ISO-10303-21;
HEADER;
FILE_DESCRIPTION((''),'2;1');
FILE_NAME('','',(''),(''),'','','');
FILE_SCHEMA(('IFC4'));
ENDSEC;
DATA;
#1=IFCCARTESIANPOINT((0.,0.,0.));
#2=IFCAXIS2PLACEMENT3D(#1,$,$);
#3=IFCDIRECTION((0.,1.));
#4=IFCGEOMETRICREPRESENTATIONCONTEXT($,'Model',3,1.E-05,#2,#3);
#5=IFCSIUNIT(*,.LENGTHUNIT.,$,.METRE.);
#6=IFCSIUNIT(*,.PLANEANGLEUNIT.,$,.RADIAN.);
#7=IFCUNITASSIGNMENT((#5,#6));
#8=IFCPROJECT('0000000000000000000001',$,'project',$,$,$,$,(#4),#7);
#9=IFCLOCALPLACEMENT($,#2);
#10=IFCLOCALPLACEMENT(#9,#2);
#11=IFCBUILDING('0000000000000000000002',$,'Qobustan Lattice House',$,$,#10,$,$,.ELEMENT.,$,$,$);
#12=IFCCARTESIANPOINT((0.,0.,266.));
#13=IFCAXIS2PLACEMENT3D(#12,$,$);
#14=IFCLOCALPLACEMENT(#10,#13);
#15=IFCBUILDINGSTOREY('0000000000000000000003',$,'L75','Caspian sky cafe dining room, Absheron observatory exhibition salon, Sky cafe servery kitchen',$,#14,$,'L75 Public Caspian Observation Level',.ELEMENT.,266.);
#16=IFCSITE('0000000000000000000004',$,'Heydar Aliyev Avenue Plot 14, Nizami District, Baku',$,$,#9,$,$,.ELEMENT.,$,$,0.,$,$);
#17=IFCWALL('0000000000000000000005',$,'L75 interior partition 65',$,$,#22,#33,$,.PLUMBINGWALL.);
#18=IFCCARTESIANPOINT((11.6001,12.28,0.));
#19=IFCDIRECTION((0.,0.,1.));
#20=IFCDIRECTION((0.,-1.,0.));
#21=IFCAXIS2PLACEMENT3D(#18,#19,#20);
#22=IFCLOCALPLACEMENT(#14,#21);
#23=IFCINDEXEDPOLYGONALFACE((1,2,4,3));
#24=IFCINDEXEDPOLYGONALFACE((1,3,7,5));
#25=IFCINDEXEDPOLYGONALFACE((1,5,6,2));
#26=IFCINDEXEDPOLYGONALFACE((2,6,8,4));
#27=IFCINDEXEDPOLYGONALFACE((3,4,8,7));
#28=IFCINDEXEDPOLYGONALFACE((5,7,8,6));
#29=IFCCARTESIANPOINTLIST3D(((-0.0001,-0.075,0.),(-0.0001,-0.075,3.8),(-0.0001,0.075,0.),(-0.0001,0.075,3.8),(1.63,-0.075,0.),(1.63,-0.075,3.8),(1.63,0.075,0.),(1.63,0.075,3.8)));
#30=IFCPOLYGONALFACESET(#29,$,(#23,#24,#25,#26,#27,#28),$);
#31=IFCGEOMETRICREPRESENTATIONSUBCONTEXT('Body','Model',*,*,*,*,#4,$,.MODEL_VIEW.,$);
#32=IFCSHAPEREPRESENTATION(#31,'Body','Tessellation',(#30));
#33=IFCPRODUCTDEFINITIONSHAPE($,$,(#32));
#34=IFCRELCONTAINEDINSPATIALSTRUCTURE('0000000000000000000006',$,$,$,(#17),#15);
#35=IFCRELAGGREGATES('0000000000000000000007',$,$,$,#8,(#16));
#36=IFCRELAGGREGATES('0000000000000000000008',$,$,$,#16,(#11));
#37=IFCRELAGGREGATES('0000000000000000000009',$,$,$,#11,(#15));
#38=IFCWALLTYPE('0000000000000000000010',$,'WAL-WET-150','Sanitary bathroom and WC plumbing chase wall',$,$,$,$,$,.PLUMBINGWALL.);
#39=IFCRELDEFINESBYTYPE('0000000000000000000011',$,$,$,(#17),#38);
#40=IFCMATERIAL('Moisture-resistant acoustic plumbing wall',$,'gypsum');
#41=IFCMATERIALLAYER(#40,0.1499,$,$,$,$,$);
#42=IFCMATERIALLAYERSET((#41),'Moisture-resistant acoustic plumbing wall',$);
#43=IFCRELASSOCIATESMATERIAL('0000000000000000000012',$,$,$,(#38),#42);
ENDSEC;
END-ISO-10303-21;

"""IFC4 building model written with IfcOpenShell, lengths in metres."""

from ifc_helpers import new_model, si_unit, direction, frame, frame_2d, origin, place, context, subcontext, project, spatial, rectangle, extrude, material, layer, layer_set, type_object, element, save


model = new_model("IFC4")

# Units and contexts
model_context = context("Model", 3, precision=1e-05, world=origin(), true_north=direction((0.0, 1.0)))
body_context = subcontext(model_context, "Body", "Model", "MODEL_VIEW")
ifc_project = project(units=[si_unit("LENGTHUNIT", "METRE"), si_unit("PLANEANGLEUNIT", "RADIAN")], contexts=[model_context])

# Site, building, storey
site_placement = place(None, origin())
site = spatial("IfcSite", under=ifc_project, at=site_placement, Name="Heydar Aliyev Avenue Plot 14, Nizami District, Baku", CompositionType="ELEMENT", RefElevation=0.0)
building_placement = place(site_placement, origin())
building = spatial("IfcBuilding", under=site, at=building_placement, Name="Qobustan Lattice House", CompositionType="ELEMENT")
storey_placement = place(building_placement, frame((0.0, 0.0, 266.0)))
storey = spatial("IfcBuildingStorey", under=building, at=storey_placement, Name="L75", Description="Caspian sky cafe dining room, Absheron observatory exhibition salon, Sky cafe servery kitchen", LongName="L75 Public Caspian Observation Level", CompositionType="ELEMENT", Elevation=266.0)

# Wall
ifc_material_1 = material(Name="Moisture-resistant acoustic plumbing wall", Category="gypsum")
ifc_layer_1 = layer(ifc_material_1, 0.1499)
ifc_layer_set_1 = layer_set([ifc_layer_1], Name="Moisture-resistant acoustic plumbing wall")
wall_type_1 = type_object("IfcWallType", Name="WAL-WET-150", Description="Sanitary bathroom and WC plumbing chase wall", PredefinedType="PLUMBINGWALL", material=ifc_layer_set_1)
wall_1_placement = place(storey_placement, frame((11.6001, 12.28, 0.0), z_axis=(0.0, 0.0, 1.0), x_axis=(0.0, -1.0, 0.0)))
element("IfcWall", 1, at=wall_1_placement, inside=storey, type_object=wall_type_1, Name="L75 interior partition 65", PredefinedType="PLUMBINGWALL", context=body_context, shape_type="SweptSolid", body=[
    extrude(rectangle(XDim=1.6301, YDim=0.1499, at=frame_2d((0.8149, 0.0))), origin(), (0.0, 0.0, 1.0), 3.8),
])

save(model, "model.ifc")
